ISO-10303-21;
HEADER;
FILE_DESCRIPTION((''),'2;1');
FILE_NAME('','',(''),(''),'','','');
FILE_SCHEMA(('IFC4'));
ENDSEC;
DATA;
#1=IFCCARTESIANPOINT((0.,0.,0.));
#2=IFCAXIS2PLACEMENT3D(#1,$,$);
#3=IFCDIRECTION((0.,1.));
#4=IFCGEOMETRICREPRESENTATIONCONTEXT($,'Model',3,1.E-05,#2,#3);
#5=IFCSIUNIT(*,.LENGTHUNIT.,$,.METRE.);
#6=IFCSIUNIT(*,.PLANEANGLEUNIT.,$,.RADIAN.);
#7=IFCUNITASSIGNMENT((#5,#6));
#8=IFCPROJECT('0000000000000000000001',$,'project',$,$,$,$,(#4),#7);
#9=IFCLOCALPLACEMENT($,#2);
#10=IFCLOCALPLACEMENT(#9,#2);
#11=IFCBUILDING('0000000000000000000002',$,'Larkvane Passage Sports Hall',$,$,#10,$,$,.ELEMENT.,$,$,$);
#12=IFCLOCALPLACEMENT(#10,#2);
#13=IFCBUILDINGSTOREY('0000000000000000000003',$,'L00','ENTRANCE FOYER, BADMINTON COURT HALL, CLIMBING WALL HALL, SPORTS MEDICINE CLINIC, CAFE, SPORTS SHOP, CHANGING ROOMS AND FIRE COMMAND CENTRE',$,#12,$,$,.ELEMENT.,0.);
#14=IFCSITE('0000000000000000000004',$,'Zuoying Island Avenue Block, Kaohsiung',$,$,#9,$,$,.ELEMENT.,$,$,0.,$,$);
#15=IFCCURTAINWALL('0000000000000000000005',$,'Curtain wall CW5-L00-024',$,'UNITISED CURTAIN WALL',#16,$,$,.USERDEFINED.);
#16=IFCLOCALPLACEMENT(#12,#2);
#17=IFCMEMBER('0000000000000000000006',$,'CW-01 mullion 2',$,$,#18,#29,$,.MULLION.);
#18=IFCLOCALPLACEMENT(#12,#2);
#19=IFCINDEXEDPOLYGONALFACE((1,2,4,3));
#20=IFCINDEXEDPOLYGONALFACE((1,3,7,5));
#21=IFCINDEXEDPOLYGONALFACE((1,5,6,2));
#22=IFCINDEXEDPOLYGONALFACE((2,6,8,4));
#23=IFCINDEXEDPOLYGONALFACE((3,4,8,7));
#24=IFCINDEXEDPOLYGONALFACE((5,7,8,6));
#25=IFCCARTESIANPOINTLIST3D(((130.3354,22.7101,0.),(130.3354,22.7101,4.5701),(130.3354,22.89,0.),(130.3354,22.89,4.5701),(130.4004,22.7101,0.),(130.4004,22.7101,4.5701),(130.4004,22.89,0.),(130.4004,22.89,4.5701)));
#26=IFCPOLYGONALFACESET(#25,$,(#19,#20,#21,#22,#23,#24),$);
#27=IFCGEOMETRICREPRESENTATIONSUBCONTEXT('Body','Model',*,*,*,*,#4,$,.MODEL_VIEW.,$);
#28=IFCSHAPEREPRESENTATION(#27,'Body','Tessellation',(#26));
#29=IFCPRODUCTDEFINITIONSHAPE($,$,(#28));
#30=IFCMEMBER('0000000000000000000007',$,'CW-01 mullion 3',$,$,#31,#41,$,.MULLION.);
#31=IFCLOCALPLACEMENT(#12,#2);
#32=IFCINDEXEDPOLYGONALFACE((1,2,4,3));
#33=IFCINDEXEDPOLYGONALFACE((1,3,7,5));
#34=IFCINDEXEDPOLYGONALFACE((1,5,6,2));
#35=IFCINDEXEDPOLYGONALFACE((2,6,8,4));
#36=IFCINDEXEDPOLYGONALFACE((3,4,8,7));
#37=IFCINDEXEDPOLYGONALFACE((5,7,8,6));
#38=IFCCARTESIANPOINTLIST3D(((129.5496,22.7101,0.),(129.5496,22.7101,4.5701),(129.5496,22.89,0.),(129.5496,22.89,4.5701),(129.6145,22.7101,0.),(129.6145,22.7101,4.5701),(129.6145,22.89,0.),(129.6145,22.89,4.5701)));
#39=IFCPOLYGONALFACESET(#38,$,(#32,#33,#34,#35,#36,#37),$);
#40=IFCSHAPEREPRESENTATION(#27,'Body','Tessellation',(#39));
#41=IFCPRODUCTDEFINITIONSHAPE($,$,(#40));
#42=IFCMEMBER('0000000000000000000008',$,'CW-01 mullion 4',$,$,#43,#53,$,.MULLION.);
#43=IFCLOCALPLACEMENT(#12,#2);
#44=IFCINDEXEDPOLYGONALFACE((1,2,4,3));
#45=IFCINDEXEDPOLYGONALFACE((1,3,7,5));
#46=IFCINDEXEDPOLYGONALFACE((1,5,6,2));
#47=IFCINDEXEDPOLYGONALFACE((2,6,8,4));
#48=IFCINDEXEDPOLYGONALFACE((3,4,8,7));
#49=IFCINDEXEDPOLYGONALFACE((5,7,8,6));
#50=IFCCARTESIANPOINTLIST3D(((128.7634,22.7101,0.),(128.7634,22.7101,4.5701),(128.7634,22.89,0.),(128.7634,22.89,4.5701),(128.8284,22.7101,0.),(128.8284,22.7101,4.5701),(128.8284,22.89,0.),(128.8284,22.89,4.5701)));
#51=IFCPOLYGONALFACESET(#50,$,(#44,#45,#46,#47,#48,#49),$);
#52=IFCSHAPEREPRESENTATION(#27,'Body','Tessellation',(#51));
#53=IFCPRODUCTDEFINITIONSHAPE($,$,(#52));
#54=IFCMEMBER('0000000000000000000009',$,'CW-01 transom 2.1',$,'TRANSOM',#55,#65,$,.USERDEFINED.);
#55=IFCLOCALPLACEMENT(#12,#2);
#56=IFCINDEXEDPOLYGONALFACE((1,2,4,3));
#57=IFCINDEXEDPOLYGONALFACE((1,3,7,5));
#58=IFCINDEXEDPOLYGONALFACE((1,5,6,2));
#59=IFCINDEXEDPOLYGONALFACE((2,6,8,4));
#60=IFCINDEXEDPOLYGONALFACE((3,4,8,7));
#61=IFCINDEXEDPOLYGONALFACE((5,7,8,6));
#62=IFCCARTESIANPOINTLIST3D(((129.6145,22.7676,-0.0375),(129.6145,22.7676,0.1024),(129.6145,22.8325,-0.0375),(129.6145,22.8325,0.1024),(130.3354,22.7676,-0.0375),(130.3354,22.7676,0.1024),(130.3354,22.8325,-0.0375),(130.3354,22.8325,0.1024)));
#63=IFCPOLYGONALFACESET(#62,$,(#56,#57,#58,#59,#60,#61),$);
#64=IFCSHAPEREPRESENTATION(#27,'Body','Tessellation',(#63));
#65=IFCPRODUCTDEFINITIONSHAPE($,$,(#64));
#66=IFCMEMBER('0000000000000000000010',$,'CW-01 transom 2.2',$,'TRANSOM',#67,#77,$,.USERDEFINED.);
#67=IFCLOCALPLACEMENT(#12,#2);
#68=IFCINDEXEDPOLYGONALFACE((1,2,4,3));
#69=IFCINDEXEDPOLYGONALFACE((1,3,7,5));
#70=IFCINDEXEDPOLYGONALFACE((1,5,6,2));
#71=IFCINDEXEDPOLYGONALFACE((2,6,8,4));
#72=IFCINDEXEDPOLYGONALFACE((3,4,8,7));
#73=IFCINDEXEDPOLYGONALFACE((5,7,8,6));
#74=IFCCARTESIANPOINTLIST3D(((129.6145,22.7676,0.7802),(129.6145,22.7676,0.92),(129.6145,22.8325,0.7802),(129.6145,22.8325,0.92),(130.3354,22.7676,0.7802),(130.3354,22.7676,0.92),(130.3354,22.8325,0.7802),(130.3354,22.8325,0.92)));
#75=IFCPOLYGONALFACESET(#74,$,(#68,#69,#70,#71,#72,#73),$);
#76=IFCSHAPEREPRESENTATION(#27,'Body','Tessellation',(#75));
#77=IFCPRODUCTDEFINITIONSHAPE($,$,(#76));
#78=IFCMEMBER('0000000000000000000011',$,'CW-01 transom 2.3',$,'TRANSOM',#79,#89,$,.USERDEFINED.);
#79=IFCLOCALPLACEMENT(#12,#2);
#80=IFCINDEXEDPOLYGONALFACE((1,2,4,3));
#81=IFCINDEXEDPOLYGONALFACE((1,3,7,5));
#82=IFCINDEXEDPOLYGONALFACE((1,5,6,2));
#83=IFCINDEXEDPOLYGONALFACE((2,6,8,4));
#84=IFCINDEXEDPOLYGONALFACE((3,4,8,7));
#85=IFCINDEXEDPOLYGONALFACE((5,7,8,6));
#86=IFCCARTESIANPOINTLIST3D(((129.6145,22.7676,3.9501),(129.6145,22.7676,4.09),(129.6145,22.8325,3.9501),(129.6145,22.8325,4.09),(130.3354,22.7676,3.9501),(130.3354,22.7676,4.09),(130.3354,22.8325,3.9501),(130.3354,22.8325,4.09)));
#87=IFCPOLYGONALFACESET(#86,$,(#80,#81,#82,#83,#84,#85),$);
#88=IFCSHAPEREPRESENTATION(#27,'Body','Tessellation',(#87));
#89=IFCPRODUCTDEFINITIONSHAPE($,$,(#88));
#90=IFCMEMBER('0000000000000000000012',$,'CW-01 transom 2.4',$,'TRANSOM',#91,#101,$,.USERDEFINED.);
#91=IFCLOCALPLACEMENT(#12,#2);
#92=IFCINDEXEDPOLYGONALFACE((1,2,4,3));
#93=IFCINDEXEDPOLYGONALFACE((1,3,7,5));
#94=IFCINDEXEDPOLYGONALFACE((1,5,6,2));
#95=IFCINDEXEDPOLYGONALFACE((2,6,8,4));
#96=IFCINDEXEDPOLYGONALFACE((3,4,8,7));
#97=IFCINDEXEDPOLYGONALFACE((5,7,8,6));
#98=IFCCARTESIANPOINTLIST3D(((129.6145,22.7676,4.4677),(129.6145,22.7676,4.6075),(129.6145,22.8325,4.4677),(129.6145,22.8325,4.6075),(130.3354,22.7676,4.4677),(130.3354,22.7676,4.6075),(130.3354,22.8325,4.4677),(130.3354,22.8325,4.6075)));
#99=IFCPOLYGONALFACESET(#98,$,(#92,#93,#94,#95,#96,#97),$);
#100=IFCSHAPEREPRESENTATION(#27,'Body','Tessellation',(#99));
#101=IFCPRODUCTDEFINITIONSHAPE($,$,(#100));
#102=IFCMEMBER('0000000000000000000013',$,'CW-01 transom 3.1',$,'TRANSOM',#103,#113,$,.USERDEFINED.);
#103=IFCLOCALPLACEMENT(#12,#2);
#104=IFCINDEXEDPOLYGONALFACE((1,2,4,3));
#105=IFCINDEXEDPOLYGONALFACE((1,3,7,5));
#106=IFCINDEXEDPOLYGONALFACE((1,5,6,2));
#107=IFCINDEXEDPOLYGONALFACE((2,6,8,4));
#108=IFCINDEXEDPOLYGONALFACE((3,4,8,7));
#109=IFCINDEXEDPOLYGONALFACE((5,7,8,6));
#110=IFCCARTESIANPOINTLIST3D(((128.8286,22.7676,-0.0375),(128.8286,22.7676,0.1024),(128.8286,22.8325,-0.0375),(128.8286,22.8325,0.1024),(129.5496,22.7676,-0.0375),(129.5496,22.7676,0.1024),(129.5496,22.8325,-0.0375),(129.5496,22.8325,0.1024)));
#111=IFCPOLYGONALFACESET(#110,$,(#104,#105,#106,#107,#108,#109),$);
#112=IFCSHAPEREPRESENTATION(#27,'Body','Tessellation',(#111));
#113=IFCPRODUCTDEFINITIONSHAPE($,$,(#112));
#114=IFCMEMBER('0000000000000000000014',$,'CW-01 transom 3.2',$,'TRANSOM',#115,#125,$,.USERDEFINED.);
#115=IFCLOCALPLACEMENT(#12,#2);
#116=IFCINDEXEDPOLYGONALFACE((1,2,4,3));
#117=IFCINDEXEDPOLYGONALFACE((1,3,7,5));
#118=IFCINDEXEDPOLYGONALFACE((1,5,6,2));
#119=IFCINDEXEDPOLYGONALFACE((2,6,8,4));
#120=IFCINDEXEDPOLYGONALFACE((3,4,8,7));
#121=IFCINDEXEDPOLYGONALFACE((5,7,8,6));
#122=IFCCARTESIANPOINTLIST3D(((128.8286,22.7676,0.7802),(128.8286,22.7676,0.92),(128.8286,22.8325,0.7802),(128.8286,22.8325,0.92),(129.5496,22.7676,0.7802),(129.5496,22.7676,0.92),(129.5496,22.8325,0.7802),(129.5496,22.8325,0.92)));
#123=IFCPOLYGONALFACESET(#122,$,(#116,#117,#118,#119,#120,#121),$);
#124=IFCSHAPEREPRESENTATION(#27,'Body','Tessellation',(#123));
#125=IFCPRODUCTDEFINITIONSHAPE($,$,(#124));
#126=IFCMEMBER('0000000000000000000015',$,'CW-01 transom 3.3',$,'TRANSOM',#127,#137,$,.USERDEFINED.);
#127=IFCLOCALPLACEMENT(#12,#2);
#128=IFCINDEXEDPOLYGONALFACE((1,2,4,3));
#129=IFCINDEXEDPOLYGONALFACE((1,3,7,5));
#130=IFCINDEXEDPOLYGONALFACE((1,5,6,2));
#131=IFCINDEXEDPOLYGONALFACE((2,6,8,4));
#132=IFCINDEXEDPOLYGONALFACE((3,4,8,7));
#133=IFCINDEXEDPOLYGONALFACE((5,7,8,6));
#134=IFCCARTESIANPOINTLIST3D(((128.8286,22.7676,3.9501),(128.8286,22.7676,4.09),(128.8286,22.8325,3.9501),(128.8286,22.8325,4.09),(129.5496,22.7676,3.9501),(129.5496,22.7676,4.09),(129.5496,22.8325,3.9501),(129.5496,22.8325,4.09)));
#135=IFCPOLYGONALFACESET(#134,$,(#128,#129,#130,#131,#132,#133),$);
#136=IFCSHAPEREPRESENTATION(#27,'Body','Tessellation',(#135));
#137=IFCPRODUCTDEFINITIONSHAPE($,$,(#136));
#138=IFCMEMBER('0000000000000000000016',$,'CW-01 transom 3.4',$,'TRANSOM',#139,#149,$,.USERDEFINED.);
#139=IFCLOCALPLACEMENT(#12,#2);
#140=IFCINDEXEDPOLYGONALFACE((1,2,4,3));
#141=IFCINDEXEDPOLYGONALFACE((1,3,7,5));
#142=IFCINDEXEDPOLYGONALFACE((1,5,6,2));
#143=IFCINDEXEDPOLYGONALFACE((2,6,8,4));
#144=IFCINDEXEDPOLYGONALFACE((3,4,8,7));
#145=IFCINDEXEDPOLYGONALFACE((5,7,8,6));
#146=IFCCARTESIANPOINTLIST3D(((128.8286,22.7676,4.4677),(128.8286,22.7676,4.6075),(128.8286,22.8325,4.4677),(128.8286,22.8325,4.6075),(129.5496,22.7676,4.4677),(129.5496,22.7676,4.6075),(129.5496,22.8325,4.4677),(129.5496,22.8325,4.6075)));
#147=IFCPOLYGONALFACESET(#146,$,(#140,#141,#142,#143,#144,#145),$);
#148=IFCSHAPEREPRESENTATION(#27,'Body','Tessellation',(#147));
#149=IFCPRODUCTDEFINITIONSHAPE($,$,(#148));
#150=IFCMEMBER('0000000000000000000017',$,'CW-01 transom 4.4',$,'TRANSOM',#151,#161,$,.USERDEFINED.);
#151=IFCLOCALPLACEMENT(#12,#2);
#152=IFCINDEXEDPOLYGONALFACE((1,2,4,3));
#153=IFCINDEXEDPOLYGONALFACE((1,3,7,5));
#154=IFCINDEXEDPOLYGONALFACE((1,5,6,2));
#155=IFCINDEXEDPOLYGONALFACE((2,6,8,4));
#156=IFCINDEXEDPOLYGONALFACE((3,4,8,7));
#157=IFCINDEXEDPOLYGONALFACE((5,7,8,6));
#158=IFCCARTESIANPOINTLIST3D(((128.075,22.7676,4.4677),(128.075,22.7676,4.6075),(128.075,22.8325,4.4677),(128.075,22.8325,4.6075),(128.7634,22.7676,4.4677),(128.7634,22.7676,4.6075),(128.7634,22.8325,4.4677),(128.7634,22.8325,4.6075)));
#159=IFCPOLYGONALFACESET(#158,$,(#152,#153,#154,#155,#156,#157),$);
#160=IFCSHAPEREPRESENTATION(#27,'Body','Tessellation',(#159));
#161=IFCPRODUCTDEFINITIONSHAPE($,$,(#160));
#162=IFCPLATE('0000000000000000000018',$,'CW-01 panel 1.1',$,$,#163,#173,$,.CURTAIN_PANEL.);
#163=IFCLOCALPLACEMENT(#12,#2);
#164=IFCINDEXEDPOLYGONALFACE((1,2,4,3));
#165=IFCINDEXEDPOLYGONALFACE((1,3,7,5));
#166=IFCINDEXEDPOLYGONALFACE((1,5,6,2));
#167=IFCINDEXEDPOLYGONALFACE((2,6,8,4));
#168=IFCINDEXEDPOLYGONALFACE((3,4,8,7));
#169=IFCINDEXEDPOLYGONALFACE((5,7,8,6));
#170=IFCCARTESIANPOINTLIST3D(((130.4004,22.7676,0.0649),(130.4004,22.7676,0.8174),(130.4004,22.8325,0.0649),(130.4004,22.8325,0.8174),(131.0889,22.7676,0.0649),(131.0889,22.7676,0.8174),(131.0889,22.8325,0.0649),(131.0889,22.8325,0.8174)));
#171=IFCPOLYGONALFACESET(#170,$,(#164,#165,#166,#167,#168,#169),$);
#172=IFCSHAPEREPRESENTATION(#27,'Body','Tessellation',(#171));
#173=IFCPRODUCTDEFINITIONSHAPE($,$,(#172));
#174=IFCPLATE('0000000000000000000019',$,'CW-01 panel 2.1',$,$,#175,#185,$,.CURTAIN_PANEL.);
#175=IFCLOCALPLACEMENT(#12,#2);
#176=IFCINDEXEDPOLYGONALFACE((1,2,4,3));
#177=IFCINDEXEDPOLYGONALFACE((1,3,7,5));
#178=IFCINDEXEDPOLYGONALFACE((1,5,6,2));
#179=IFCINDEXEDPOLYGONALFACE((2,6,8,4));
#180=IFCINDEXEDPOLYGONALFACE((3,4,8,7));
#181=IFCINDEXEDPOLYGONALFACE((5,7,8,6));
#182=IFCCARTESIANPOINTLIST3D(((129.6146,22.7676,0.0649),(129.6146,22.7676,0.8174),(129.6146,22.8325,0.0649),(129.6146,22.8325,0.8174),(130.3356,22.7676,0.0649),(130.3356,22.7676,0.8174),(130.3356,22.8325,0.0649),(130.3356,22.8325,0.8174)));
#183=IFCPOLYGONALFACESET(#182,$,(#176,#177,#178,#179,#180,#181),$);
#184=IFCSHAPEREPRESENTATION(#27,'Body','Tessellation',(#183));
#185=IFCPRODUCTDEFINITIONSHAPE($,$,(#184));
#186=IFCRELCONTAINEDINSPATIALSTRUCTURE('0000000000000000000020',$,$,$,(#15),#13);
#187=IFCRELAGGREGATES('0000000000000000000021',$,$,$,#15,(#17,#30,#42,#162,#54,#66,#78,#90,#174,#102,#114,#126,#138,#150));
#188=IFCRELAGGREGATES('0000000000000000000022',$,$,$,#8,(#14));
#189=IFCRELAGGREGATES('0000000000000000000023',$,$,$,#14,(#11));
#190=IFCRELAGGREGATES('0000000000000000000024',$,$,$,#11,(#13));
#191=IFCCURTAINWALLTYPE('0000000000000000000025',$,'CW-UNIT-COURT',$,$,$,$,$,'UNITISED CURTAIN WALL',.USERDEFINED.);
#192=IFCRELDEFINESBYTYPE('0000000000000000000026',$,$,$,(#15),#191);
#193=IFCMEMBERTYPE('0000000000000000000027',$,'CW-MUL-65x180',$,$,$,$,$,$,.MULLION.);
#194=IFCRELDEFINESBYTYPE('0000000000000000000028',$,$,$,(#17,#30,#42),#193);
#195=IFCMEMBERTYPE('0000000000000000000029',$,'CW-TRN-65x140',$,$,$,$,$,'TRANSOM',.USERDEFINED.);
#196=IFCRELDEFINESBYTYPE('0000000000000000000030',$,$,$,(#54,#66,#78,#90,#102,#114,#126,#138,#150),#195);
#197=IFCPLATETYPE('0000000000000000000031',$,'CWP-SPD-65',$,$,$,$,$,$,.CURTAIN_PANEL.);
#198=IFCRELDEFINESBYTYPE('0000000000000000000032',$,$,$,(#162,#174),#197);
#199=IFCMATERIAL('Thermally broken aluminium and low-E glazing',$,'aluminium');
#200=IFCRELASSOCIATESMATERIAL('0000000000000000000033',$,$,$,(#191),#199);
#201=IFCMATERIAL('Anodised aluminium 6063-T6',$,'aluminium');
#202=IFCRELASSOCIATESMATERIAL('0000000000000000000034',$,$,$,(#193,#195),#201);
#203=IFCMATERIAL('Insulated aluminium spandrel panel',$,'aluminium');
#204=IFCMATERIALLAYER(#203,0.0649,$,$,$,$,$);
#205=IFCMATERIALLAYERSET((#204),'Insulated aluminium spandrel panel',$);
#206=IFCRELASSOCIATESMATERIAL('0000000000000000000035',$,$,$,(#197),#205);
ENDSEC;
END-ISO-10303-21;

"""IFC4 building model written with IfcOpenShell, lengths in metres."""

from ifc_helpers import new_model, si_unit, direction, frame, origin, origin_2d, place, context, subcontext, project, spatial, rectangle, extrude, material, layer, layer_set, material_profile, profile_set, type_object, element, aggregate, save


model = new_model("IFC4")

# Units and contexts
model_context = context("Model", 3, precision=1e-05, world=origin(), true_north=direction((0.0, 1.0)))
body_context = subcontext(model_context, "Body", "Model", "MODEL_VIEW")
ifc_project = project(units=[si_unit("LENGTHUNIT", "METRE"), si_unit("PLANEANGLEUNIT", "RADIAN")], contexts=[model_context])

# Site, building, storey
site_placement = place(None, origin())
site = spatial("IfcSite", under=ifc_project, at=site_placement, Name="Zuoying Island Avenue Block, Kaohsiung", CompositionType="ELEMENT", RefElevation=0.0)
building_placement = place(site_placement, origin())
building = spatial("IfcBuilding", under=site, at=building_placement, Name="Larkvane Passage Sports Hall", CompositionType="ELEMENT")
storey_placement = place(building_placement, origin())
storey = spatial("IfcBuildingStorey", under=building, at=storey_placement, Name="L00", Description="ENTRANCE FOYER, BADMINTON COURT HALL, CLIMBING WALL HALL, SPORTS MEDICINE CLINIC, CAFE, SPORTS SHOP, CHANGING ROOMS AND FIRE COMMAND CENTRE", CompositionType="ELEMENT", Elevation=0.0)

# Curtain wall, members, plates
ifc_material_1 = material(Name="Thermally broken aluminium and low-E glazing", Category="aluminium")
curtain_wall_type = type_object("IfcCurtainWallType", Name="CW-UNIT-COURT", ElementType="UNITISED CURTAIN WALL", PredefinedType="USERDEFINED", material=ifc_material_1)
curtain_wall_placement = place(storey_placement, origin())
curtain_wall = element("IfcCurtainWall", 1, at=curtain_wall_placement, inside=storey, type_object=curtain_wall_type, Name="Curtain wall CW5-L00-024", ObjectType="UNITISED CURTAIN WALL", PredefinedType="USERDEFINED")
ifc_material_2 = material(Name="Anodised aluminium 6063-T6", Category="aluminium")
ifc_material_profile_1 = material_profile(ifc_material_2, rectangle(XDim=0.0649, YDim=0.1799, at=origin_2d()), Name="ALU-MUL-65x180")
ifc_profile_set_1 = profile_set([ifc_material_profile_1], Name="Anodised aluminium 6063-T6")
member_type_1 = type_object("IfcMemberType", Name="CW-MUL-65x180", PredefinedType="MULLION", material=ifc_profile_set_1)
member_1_placement = place(storey_placement, frame((130.3679, 22.8, 0.0), z_axis=(0.0, 0.0, 1.0), x_axis=(-1.0, 0.0, 0.0)))
member_1 = element("IfcMember", 2, at=member_1_placement, type_object=member_type_1, Name="CW-01 mullion 2", PredefinedType="MULLION", context=body_context, shape_type="SweptSolid", body=[
    extrude(rectangle(XDim=0.0649, YDim=0.1799, at=origin_2d()), origin(), (0.0, 0.0, 1.0), 4.5701),
])
member_2_placement = place(storey_placement, frame((129.582, 22.8, 0.0), z_axis=(0.0, 0.0, 1.0), x_axis=(-1.0, 0.0, 0.0)))
member_2 = element("IfcMember", 3, at=member_2_placement, type_object=member_type_1, Name="CW-01 mullion 3", PredefinedType="MULLION", context=body_context, shape_type="SweptSolid", body=[
    extrude(rectangle(XDim=0.0649, YDim=0.1799, at=origin_2d()), origin(), (0.0, 0.0, 1.0), 4.5701),
])
member_3_placement = place(storey_placement, frame((128.7959, 22.8, 0.0), z_axis=(0.0, 0.0, 1.0), x_axis=(-1.0, 0.0, 0.0)))
member_3 = element("IfcMember", 4, at=member_3_placement, type_object=member_type_1, Name="CW-01 mullion 4", PredefinedType="MULLION", context=body_context, shape_type="SweptSolid", body=[
    extrude(rectangle(XDim=0.0649, YDim=0.1799, at=origin_2d()), origin(), (0.0, 0.0, 1.0), 4.5701),
])
ifc_material_profile_2 = material_profile(ifc_material_2, rectangle(XDim=0.0649, YDim=0.1399, at=origin_2d()), Name="ALU-TRN-65x140")
ifc_profile_set_2 = profile_set([ifc_material_profile_2], Name="Anodised aluminium 6063-T6")
member_type_2 = type_object("IfcMemberType", Name="CW-TRN-65x140", ElementType="TRANSOM", PredefinedType="USERDEFINED", material=ifc_profile_set_2)
member_4_placement = place(storey_placement, frame((130.3354, 22.8, 0.0325), z_axis=(-1.0, 0.0, 0.0), x_axis=(0.0, -1.0, 0.0)))
member_4 = element("IfcMember", 5, at=member_4_placement, type_object=member_type_2, Name="CW-01 transom 2.1", ObjectType="TRANSOM", PredefinedType="USERDEFINED", context=body_context, shape_type="SweptSolid", body=[
    extrude(rectangle(XDim=0.0649, YDim=0.1399, at=origin_2d()), origin(), (0.0, 0.0, 1.0), 0.7209),
])
member_5_placement = place(storey_placement, frame((130.3354, 22.8, 0.8501), z_axis=(-1.0, 0.0, 0.0), x_axis=(0.0, -1.0, 0.0)))
member_5 = element("IfcMember", 6, at=member_5_placement, type_object=member_type_2, Name="CW-01 transom 2.2", ObjectType="TRANSOM", PredefinedType="USERDEFINED", context=body_context, shape_type="SweptSolid", body=[
    extrude(rectangle(XDim=0.0649, YDim=0.1399, at=origin_2d()), origin(), (0.0, 0.0, 1.0), 0.7209),
])
member_6_placement = place(storey_placement, frame((130.3354, 22.8, 4.02), z_axis=(-1.0, 0.0, 0.0), x_axis=(0.0, -1.0, 0.0)))
member_6 = element("IfcMember", 7, at=member_6_placement, type_object=member_type_2, Name="CW-01 transom 2.3", ObjectType="TRANSOM", PredefinedType="USERDEFINED", context=body_context, shape_type="SweptSolid", body=[
    extrude(rectangle(XDim=0.0649, YDim=0.1399, at=origin_2d()), origin(), (0.0, 0.0, 1.0), 0.7209),
])
member_7_placement = place(storey_placement, frame((130.3354, 22.8, 4.5376), z_axis=(-1.0, 0.0, 0.0), x_axis=(0.0, -1.0, 0.0)))
member_7 = element("IfcMember", 8, at=member_7_placement, type_object=member_type_2, Name="CW-01 transom 2.4", ObjectType="TRANSOM", PredefinedType="USERDEFINED", context=body_context, shape_type="SweptSolid", body=[
    extrude(rectangle(XDim=0.0649, YDim=0.1399, at=origin_2d()), origin(), (0.0, 0.0, 1.0), 0.7209),
])
member_8_placement = place(storey_placement, frame((129.5496, 22.8, 0.0325), z_axis=(-1.0, 0.0, 0.0), x_axis=(0.0, -1.0, 0.0)))
member_8 = element("IfcMember", 9, at=member_8_placement, type_object=member_type_2, Name="CW-01 transom 3.1", ObjectType="TRANSOM", PredefinedType="USERDEFINED", context=body_context, shape_type="SweptSolid", body=[
    extrude(rectangle(XDim=0.0649, YDim=0.1399, at=origin_2d()), origin(), (0.0, 0.0, 1.0), 0.7209),
])
member_9_placement = place(storey_placement, frame((129.5496, 22.8, 0.8501), z_axis=(-1.0, 0.0, 0.0), x_axis=(0.0, -1.0, 0.0)))
member_9 = element("IfcMember", 10, at=member_9_placement, type_object=member_type_2, Name="CW-01 transom 3.2", ObjectType="TRANSOM", PredefinedType="USERDEFINED", context=body_context, shape_type="SweptSolid", body=[
    extrude(rectangle(XDim=0.0649, YDim=0.1399, at=origin_2d()), origin(), (0.0, 0.0, 1.0), 0.7209),
])
member_10_placement = place(storey_placement, frame((129.5496, 22.8, 4.02), z_axis=(-1.0, 0.0, 0.0), x_axis=(0.0, -1.0, 0.0)))
member_10 = element("IfcMember", 11, at=member_10_placement, type_object=member_type_2, Name="CW-01 transom 3.3", ObjectType="TRANSOM", PredefinedType="USERDEFINED", context=body_context, shape_type="SweptSolid", body=[
    extrude(rectangle(XDim=0.0649, YDim=0.1399, at=origin_2d()), origin(), (0.0, 0.0, 1.0), 0.7209),
])
member_11_placement = place(storey_placement, frame((129.5496, 22.8, 4.5376), z_axis=(-1.0, 0.0, 0.0), x_axis=(0.0, -1.0, 0.0)))
member_11 = element("IfcMember", 12, at=member_11_placement, type_object=member_type_2, Name="CW-01 transom 3.4", ObjectType="TRANSOM", PredefinedType="USERDEFINED", context=body_context, shape_type="SweptSolid", body=[
    extrude(rectangle(XDim=0.0649, YDim=0.1399, at=origin_2d()), origin(), (0.0, 0.0, 1.0), 0.7209),
])
member_12_placement = place(storey_placement, frame((128.7634, 22.8, 4.5376), z_axis=(-1.0, 0.0, 0.0), x_axis=(0.0, -1.0, 0.0)))
member_12 = element("IfcMember", 13, at=member_12_placement, type_object=member_type_2, Name="CW-01 transom 4.4", ObjectType="TRANSOM", PredefinedType="USERDEFINED", context=body_context, shape_type="SweptSolid", body=[
    extrude(rectangle(XDim=0.0649, YDim=0.1399, at=origin_2d()), origin(), (0.0, 0.0, 1.0), 0.6885),
])
ifc_material_3 = material(Name="Insulated aluminium spandrel panel", Category="aluminium")
ifc_layer_1 = layer(ifc_material_3, 0.0649)
ifc_layer_set_1 = layer_set([ifc_layer_1], Name="Insulated aluminium spandrel panel")
plate_type_1 = type_object("IfcPlateType", Name="CWP-SPD-65", PredefinedType="CURTAIN_PANEL", material=ifc_layer_set_1)
plate_1_placement = place(storey_placement, frame((130.7446, 22.8, 0.0649), z_axis=(0.0, 0.0, 1.0), x_axis=(-1.0, 0.0, 0.0)))
plate_1 = element("IfcPlate", 14, at=plate_1_placement, type_object=plate_type_1, Name="CW-01 panel 1.1", PredefinedType="CURTAIN_PANEL", context=body_context, shape_type="SweptSolid", body=[
    extrude(rectangle(XDim=0.6885, YDim=0.0649, at=origin_2d()), origin(), (0.0, 0.0, 1.0), 0.7524),
])
plate_2_placement = place(storey_placement, frame((129.9751, 22.8, 0.0649), z_axis=(0.0, 0.0, 1.0), x_axis=(-1.0, 0.0, 0.0)))
plate_2 = element("IfcPlate", 15, at=plate_2_placement, type_object=plate_type_1, Name="CW-01 panel 2.1", PredefinedType="CURTAIN_PANEL", context=body_context, shape_type="SweptSolid", body=[
    extrude(rectangle(XDim=0.7209, YDim=0.0649, at=origin_2d()), origin(), (0.0, 0.0, 1.0), 0.7524),
])
aggregate(curtain_wall, [member_1, member_2, member_3, plate_1, member_4, member_5, member_6, member_7, plate_2, member_8, member_9, member_10, member_11, member_12])

save(model, "model.ifc")
